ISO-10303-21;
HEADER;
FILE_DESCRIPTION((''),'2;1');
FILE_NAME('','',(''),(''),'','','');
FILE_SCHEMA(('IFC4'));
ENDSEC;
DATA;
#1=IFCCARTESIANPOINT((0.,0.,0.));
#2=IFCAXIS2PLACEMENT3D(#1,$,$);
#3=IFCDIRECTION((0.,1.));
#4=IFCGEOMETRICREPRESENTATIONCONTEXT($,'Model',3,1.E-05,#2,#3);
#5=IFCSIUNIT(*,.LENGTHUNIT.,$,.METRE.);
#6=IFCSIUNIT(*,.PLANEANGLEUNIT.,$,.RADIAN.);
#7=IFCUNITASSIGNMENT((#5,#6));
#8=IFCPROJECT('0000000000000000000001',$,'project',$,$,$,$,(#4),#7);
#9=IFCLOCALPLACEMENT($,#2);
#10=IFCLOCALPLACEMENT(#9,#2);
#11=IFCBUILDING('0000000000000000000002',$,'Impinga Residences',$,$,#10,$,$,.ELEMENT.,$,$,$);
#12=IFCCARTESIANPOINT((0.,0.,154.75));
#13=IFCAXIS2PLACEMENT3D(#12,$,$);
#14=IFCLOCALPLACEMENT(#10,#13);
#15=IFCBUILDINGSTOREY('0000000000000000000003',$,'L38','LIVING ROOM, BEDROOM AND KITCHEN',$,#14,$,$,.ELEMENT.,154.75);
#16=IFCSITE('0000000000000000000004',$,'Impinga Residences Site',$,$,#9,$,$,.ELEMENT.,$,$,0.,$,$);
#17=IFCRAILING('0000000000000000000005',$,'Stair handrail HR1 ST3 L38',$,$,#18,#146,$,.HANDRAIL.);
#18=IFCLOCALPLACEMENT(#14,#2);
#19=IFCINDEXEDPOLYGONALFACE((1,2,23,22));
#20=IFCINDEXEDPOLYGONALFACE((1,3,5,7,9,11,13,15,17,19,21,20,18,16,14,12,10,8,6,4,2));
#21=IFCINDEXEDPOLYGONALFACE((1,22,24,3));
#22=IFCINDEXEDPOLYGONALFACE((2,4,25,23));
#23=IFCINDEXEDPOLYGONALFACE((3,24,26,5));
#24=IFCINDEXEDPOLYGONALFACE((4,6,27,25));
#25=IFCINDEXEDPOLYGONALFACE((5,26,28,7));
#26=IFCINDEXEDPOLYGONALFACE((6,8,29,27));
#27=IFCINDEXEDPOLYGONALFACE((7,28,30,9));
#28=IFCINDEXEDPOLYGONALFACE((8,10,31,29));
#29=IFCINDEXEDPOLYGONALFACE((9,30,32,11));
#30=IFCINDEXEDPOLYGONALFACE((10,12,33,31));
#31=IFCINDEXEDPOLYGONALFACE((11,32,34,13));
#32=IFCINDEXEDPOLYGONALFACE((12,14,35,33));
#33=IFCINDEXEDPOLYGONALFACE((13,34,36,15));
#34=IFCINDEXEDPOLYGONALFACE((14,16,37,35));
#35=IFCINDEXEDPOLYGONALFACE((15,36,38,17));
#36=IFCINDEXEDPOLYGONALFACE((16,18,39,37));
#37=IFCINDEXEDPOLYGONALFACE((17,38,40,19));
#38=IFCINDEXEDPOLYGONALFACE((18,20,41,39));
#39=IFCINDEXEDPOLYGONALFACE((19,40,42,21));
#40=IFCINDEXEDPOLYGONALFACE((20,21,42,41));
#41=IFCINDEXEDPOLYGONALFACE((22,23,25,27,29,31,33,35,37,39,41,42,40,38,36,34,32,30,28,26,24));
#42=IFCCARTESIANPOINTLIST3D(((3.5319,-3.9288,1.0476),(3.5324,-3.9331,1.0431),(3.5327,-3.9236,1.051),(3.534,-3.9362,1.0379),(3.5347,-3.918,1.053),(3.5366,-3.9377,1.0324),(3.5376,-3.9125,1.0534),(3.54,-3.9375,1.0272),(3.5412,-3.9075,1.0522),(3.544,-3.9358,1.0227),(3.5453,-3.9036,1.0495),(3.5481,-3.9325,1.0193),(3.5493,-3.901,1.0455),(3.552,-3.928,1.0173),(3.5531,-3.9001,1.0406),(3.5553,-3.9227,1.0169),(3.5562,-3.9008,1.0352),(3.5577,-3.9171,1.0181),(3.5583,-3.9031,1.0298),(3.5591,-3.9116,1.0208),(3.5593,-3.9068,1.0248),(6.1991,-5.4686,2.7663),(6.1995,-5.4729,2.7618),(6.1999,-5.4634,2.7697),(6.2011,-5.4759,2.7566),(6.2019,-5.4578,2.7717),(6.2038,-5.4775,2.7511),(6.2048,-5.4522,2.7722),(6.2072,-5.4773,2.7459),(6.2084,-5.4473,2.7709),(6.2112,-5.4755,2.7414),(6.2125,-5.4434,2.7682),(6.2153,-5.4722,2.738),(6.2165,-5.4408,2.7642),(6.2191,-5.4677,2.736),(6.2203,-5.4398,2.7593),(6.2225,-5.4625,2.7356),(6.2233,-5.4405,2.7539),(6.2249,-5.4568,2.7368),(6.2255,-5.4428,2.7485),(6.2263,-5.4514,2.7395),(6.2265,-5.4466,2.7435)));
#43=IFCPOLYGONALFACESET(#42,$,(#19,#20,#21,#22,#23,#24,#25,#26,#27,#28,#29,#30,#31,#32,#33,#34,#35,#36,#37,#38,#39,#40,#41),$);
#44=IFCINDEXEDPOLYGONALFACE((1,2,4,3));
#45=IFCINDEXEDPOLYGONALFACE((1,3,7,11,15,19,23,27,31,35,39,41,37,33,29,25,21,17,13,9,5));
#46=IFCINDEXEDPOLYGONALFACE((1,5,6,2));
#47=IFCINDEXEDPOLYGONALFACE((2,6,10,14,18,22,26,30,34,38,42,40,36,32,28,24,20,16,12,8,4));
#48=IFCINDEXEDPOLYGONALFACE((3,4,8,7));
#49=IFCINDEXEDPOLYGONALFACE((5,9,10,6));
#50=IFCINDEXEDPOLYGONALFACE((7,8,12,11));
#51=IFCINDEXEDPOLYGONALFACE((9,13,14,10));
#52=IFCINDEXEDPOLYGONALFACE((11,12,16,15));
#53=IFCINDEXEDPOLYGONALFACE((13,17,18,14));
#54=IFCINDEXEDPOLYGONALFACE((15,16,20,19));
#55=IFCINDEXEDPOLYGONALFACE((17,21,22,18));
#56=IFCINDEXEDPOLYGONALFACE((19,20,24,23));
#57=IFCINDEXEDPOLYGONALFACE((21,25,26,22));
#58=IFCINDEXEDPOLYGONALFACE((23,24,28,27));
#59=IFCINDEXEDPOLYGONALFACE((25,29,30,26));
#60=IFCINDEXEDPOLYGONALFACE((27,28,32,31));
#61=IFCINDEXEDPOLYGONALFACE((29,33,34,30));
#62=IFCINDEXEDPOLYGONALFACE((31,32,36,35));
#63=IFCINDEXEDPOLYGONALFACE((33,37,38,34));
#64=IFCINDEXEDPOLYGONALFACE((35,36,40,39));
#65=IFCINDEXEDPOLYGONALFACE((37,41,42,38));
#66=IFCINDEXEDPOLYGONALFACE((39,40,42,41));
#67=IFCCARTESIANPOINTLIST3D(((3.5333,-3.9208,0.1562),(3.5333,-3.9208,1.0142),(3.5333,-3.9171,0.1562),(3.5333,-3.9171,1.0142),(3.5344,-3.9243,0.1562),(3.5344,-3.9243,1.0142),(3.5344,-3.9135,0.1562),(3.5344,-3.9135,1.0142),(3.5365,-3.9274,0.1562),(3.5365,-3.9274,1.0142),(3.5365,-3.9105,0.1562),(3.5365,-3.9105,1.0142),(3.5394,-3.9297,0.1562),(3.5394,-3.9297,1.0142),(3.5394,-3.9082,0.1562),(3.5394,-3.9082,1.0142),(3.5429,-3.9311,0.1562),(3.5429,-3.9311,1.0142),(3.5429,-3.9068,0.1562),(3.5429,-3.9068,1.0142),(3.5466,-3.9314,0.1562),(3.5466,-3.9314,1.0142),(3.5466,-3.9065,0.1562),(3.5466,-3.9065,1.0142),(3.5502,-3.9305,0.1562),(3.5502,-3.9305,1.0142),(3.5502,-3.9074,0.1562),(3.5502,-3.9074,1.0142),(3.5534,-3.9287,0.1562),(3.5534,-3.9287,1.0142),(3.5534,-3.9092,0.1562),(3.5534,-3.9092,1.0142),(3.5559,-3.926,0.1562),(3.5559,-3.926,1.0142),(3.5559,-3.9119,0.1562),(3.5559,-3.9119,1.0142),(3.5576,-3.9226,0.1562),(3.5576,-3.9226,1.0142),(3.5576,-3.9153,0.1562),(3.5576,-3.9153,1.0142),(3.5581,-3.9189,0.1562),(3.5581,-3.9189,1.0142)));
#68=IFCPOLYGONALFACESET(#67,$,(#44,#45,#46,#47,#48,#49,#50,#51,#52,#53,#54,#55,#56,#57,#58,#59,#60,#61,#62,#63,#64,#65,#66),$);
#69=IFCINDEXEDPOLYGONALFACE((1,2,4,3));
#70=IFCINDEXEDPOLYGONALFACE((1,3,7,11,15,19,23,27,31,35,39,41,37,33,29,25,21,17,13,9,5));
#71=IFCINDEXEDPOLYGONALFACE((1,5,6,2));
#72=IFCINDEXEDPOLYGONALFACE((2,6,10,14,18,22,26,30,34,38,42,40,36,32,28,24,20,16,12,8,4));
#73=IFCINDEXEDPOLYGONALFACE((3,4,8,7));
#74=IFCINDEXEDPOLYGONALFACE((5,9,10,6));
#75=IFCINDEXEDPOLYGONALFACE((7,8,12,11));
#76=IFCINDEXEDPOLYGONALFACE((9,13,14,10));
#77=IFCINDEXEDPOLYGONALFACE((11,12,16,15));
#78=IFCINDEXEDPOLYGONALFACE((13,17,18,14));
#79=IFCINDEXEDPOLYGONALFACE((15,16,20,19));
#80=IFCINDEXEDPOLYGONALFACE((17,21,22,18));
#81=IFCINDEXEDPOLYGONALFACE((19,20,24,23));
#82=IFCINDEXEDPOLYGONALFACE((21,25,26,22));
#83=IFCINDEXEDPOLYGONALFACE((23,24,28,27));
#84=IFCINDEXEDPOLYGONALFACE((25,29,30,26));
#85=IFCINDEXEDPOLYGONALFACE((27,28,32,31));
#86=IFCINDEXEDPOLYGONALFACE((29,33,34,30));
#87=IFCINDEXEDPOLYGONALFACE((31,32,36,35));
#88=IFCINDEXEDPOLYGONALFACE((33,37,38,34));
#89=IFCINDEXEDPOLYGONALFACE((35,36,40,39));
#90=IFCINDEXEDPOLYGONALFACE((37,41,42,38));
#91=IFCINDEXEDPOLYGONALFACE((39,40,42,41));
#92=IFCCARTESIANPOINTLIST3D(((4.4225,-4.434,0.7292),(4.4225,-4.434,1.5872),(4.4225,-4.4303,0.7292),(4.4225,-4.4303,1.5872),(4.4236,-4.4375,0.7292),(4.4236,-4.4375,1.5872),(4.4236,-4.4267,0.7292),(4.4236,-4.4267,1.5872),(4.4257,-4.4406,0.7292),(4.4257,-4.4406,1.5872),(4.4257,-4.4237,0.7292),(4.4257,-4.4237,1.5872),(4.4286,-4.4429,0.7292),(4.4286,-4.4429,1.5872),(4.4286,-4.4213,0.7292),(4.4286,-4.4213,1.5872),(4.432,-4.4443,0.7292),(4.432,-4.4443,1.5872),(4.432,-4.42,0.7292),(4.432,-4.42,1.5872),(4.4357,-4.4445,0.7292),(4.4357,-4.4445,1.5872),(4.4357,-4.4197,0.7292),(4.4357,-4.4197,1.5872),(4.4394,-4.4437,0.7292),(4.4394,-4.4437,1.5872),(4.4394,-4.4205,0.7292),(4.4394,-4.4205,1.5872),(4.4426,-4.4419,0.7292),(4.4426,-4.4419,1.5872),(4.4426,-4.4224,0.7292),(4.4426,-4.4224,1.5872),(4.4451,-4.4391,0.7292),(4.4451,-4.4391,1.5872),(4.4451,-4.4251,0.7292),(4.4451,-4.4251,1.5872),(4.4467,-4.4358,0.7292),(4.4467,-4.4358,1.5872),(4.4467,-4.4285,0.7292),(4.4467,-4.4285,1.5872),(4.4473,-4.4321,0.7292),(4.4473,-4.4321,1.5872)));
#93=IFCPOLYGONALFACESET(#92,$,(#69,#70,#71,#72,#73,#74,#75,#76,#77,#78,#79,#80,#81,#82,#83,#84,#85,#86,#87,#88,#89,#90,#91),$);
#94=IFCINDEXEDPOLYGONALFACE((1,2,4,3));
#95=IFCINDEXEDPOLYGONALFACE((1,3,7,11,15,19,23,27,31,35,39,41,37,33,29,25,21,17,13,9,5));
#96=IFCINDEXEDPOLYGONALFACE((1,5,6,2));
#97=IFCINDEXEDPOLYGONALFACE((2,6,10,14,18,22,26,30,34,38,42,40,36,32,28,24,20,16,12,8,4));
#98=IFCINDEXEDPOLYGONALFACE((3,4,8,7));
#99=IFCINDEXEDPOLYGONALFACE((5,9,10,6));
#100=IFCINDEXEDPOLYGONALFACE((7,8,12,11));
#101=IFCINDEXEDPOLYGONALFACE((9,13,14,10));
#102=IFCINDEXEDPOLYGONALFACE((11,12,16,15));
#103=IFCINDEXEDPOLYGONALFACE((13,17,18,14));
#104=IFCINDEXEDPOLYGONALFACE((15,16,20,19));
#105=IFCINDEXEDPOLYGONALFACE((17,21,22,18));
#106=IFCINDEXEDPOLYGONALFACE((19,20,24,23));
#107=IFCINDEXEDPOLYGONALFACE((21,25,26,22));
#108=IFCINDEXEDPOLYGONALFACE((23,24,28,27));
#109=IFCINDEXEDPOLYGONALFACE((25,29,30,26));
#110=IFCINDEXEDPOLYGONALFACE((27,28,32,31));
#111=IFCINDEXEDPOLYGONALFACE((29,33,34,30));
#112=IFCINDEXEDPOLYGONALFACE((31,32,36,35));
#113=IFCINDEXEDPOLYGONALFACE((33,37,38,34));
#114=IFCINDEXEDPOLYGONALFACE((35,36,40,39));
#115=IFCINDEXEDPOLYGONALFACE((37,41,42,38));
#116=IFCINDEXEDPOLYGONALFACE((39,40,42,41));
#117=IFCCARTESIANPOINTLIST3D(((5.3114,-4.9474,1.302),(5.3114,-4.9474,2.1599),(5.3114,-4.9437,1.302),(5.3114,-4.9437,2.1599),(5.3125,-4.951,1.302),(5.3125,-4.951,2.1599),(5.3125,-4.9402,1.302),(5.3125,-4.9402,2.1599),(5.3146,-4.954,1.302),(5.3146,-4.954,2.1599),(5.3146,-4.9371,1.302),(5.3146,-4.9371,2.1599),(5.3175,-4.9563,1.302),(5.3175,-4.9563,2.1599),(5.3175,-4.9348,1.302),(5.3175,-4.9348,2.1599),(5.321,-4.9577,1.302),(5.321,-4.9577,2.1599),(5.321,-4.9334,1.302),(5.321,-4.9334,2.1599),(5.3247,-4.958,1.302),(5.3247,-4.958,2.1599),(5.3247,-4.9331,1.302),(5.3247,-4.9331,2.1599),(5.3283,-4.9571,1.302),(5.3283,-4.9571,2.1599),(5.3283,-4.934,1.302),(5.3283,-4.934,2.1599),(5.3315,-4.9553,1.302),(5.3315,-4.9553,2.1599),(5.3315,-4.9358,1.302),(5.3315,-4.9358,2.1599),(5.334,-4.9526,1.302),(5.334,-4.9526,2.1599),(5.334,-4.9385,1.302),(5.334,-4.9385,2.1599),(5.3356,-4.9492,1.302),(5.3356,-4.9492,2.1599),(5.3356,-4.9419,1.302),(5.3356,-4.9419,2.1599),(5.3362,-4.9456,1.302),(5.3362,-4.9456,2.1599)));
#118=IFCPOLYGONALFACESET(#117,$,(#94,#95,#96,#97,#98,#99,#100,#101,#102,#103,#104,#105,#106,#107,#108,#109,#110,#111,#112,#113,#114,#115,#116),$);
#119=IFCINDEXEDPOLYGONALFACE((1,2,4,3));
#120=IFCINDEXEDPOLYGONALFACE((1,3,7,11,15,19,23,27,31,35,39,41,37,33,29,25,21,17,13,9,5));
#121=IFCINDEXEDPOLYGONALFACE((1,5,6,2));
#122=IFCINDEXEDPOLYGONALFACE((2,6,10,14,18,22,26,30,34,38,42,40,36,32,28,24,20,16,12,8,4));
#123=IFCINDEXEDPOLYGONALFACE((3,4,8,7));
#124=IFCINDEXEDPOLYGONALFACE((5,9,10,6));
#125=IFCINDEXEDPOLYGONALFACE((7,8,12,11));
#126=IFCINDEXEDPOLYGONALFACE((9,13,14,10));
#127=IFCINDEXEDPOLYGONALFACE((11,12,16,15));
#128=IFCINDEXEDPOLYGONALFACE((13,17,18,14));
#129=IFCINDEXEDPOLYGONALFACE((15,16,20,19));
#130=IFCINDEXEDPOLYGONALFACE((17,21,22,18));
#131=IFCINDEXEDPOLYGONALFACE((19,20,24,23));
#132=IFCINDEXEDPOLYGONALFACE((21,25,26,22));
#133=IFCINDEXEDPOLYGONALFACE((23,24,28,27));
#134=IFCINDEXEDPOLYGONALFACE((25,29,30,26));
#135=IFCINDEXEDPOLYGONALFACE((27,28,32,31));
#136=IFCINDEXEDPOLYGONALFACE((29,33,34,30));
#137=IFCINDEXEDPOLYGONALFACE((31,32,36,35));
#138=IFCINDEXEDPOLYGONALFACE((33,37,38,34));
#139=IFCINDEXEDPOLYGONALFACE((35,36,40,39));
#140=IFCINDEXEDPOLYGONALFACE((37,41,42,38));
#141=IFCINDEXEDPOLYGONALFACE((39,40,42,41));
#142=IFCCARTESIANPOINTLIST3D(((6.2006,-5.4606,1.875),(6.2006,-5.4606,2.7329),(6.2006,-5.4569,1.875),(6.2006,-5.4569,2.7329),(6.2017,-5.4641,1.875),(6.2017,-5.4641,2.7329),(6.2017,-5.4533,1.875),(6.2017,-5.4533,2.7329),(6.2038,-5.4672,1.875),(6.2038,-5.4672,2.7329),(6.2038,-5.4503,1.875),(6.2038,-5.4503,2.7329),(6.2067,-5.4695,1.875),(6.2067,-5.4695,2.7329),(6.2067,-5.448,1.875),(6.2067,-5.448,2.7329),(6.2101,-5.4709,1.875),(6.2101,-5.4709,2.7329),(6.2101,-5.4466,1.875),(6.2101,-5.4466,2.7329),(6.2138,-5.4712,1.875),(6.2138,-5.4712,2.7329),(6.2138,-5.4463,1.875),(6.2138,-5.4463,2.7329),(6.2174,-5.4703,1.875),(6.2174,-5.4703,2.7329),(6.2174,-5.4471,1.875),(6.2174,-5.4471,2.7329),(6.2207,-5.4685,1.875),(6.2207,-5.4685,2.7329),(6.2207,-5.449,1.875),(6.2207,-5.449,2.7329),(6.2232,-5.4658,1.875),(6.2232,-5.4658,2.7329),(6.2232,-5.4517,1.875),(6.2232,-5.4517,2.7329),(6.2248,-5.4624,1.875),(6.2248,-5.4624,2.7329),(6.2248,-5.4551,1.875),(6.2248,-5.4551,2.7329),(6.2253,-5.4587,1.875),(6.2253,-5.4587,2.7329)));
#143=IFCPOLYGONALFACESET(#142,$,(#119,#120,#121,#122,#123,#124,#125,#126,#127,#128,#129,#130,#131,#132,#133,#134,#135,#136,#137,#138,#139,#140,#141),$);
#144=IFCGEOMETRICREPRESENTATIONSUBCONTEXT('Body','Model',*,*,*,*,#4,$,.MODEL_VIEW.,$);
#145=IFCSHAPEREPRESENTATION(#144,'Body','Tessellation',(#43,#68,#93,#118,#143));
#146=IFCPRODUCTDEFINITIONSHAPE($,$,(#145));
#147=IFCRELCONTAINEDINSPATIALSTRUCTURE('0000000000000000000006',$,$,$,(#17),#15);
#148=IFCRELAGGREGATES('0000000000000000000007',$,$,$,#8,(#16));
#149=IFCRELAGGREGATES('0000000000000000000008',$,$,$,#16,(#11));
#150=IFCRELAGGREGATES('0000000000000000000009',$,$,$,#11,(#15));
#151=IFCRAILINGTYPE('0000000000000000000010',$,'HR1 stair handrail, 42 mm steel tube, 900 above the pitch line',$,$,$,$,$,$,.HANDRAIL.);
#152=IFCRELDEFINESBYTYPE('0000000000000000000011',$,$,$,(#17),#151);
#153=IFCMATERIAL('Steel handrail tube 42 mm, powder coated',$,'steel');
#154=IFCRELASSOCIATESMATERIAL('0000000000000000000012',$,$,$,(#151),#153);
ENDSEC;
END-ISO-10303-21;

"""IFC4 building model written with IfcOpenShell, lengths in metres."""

from ifc_helpers import new_model, si_unit, direction, frame, origin, origin_2d, place, context, subcontext, project, spatial, circle, extrude, material, type_object, element, save


model = new_model("IFC4")

# Units and contexts
model_context = context("Model", 3, precision=1e-05, world=origin(), true_north=direction((0.0, 1.0)))
body_context = subcontext(model_context, "Body", "Model", "MODEL_VIEW")
ifc_project = project(units=[si_unit("LENGTHUNIT", "METRE"), si_unit("PLANEANGLEUNIT", "RADIAN")], contexts=[model_context])

# Site, building, storey
site_placement = place(None, origin())
site = spatial("IfcSite", under=ifc_project, at=site_placement, Name="Impinga Residences Site", CompositionType="ELEMENT", RefElevation=0.0)
building_placement = place(site_placement, origin())
building = spatial("IfcBuilding", under=site, at=building_placement, Name="Impinga Residences", CompositionType="ELEMENT")
storey_placement = place(building_placement, frame((0.0, 0.0, 154.75)))
storey = spatial("IfcBuildingStorey", under=building, at=storey_placement, Name="L38", Description="LIVING ROOM, BEDROOM AND KITCHEN", CompositionType="ELEMENT", Elevation=154.75)

# Railing
ifc_material_1 = material(Name="Steel handrail tube 42 mm, powder coated", Category="steel")
railing_type_1 = type_object("IfcRailingType", Name="HR1 stair handrail, 42 mm steel tube, 900 above the pitch line", PredefinedType="HANDRAIL", material=ifc_material_1)
railing_1_placement = place(storey_placement, frame((3.5457, -3.9189, 0.1562)))
element("IfcRailing", 1, at=railing_1_placement, inside=storey, type_object=railing_type_1, Name="Stair handrail HR1 ST3 L38", PredefinedType="HANDRAIL", context=body_context, shape_type="SweptSolid", body=[
    extrude(circle(Radius=0.021, at=origin_2d()), frame((0.0, 0.0, 0.8789), z_axis=(0.756249, -0.436582, 0.487322), x_axis=(0.499967, 0.866044, 0.0)), (0.0, 0.0, 1.0), 3.5269),
    extrude(circle(Radius=0.0125, at=origin_2d()), origin(), (0.0, 0.0, 1.0), 0.8579),
    extrude(circle(Radius=0.0125, at=origin_2d()), frame((0.8892, -0.5132, 0.573)), (0.0, 0.0, 1.0), 0.8579),
    extrude(circle(Radius=0.0125, at=origin_2d()), frame((1.7781, -1.0266, 1.1458)), (0.0, 0.0, 1.0), 0.8579),
    extrude(circle(Radius=0.0125, at=origin_2d()), frame((2.6672, -1.5398, 1.7188)), (0.0, 0.0, 1.0), 0.8579),
])

save(model, "model.ifc")
